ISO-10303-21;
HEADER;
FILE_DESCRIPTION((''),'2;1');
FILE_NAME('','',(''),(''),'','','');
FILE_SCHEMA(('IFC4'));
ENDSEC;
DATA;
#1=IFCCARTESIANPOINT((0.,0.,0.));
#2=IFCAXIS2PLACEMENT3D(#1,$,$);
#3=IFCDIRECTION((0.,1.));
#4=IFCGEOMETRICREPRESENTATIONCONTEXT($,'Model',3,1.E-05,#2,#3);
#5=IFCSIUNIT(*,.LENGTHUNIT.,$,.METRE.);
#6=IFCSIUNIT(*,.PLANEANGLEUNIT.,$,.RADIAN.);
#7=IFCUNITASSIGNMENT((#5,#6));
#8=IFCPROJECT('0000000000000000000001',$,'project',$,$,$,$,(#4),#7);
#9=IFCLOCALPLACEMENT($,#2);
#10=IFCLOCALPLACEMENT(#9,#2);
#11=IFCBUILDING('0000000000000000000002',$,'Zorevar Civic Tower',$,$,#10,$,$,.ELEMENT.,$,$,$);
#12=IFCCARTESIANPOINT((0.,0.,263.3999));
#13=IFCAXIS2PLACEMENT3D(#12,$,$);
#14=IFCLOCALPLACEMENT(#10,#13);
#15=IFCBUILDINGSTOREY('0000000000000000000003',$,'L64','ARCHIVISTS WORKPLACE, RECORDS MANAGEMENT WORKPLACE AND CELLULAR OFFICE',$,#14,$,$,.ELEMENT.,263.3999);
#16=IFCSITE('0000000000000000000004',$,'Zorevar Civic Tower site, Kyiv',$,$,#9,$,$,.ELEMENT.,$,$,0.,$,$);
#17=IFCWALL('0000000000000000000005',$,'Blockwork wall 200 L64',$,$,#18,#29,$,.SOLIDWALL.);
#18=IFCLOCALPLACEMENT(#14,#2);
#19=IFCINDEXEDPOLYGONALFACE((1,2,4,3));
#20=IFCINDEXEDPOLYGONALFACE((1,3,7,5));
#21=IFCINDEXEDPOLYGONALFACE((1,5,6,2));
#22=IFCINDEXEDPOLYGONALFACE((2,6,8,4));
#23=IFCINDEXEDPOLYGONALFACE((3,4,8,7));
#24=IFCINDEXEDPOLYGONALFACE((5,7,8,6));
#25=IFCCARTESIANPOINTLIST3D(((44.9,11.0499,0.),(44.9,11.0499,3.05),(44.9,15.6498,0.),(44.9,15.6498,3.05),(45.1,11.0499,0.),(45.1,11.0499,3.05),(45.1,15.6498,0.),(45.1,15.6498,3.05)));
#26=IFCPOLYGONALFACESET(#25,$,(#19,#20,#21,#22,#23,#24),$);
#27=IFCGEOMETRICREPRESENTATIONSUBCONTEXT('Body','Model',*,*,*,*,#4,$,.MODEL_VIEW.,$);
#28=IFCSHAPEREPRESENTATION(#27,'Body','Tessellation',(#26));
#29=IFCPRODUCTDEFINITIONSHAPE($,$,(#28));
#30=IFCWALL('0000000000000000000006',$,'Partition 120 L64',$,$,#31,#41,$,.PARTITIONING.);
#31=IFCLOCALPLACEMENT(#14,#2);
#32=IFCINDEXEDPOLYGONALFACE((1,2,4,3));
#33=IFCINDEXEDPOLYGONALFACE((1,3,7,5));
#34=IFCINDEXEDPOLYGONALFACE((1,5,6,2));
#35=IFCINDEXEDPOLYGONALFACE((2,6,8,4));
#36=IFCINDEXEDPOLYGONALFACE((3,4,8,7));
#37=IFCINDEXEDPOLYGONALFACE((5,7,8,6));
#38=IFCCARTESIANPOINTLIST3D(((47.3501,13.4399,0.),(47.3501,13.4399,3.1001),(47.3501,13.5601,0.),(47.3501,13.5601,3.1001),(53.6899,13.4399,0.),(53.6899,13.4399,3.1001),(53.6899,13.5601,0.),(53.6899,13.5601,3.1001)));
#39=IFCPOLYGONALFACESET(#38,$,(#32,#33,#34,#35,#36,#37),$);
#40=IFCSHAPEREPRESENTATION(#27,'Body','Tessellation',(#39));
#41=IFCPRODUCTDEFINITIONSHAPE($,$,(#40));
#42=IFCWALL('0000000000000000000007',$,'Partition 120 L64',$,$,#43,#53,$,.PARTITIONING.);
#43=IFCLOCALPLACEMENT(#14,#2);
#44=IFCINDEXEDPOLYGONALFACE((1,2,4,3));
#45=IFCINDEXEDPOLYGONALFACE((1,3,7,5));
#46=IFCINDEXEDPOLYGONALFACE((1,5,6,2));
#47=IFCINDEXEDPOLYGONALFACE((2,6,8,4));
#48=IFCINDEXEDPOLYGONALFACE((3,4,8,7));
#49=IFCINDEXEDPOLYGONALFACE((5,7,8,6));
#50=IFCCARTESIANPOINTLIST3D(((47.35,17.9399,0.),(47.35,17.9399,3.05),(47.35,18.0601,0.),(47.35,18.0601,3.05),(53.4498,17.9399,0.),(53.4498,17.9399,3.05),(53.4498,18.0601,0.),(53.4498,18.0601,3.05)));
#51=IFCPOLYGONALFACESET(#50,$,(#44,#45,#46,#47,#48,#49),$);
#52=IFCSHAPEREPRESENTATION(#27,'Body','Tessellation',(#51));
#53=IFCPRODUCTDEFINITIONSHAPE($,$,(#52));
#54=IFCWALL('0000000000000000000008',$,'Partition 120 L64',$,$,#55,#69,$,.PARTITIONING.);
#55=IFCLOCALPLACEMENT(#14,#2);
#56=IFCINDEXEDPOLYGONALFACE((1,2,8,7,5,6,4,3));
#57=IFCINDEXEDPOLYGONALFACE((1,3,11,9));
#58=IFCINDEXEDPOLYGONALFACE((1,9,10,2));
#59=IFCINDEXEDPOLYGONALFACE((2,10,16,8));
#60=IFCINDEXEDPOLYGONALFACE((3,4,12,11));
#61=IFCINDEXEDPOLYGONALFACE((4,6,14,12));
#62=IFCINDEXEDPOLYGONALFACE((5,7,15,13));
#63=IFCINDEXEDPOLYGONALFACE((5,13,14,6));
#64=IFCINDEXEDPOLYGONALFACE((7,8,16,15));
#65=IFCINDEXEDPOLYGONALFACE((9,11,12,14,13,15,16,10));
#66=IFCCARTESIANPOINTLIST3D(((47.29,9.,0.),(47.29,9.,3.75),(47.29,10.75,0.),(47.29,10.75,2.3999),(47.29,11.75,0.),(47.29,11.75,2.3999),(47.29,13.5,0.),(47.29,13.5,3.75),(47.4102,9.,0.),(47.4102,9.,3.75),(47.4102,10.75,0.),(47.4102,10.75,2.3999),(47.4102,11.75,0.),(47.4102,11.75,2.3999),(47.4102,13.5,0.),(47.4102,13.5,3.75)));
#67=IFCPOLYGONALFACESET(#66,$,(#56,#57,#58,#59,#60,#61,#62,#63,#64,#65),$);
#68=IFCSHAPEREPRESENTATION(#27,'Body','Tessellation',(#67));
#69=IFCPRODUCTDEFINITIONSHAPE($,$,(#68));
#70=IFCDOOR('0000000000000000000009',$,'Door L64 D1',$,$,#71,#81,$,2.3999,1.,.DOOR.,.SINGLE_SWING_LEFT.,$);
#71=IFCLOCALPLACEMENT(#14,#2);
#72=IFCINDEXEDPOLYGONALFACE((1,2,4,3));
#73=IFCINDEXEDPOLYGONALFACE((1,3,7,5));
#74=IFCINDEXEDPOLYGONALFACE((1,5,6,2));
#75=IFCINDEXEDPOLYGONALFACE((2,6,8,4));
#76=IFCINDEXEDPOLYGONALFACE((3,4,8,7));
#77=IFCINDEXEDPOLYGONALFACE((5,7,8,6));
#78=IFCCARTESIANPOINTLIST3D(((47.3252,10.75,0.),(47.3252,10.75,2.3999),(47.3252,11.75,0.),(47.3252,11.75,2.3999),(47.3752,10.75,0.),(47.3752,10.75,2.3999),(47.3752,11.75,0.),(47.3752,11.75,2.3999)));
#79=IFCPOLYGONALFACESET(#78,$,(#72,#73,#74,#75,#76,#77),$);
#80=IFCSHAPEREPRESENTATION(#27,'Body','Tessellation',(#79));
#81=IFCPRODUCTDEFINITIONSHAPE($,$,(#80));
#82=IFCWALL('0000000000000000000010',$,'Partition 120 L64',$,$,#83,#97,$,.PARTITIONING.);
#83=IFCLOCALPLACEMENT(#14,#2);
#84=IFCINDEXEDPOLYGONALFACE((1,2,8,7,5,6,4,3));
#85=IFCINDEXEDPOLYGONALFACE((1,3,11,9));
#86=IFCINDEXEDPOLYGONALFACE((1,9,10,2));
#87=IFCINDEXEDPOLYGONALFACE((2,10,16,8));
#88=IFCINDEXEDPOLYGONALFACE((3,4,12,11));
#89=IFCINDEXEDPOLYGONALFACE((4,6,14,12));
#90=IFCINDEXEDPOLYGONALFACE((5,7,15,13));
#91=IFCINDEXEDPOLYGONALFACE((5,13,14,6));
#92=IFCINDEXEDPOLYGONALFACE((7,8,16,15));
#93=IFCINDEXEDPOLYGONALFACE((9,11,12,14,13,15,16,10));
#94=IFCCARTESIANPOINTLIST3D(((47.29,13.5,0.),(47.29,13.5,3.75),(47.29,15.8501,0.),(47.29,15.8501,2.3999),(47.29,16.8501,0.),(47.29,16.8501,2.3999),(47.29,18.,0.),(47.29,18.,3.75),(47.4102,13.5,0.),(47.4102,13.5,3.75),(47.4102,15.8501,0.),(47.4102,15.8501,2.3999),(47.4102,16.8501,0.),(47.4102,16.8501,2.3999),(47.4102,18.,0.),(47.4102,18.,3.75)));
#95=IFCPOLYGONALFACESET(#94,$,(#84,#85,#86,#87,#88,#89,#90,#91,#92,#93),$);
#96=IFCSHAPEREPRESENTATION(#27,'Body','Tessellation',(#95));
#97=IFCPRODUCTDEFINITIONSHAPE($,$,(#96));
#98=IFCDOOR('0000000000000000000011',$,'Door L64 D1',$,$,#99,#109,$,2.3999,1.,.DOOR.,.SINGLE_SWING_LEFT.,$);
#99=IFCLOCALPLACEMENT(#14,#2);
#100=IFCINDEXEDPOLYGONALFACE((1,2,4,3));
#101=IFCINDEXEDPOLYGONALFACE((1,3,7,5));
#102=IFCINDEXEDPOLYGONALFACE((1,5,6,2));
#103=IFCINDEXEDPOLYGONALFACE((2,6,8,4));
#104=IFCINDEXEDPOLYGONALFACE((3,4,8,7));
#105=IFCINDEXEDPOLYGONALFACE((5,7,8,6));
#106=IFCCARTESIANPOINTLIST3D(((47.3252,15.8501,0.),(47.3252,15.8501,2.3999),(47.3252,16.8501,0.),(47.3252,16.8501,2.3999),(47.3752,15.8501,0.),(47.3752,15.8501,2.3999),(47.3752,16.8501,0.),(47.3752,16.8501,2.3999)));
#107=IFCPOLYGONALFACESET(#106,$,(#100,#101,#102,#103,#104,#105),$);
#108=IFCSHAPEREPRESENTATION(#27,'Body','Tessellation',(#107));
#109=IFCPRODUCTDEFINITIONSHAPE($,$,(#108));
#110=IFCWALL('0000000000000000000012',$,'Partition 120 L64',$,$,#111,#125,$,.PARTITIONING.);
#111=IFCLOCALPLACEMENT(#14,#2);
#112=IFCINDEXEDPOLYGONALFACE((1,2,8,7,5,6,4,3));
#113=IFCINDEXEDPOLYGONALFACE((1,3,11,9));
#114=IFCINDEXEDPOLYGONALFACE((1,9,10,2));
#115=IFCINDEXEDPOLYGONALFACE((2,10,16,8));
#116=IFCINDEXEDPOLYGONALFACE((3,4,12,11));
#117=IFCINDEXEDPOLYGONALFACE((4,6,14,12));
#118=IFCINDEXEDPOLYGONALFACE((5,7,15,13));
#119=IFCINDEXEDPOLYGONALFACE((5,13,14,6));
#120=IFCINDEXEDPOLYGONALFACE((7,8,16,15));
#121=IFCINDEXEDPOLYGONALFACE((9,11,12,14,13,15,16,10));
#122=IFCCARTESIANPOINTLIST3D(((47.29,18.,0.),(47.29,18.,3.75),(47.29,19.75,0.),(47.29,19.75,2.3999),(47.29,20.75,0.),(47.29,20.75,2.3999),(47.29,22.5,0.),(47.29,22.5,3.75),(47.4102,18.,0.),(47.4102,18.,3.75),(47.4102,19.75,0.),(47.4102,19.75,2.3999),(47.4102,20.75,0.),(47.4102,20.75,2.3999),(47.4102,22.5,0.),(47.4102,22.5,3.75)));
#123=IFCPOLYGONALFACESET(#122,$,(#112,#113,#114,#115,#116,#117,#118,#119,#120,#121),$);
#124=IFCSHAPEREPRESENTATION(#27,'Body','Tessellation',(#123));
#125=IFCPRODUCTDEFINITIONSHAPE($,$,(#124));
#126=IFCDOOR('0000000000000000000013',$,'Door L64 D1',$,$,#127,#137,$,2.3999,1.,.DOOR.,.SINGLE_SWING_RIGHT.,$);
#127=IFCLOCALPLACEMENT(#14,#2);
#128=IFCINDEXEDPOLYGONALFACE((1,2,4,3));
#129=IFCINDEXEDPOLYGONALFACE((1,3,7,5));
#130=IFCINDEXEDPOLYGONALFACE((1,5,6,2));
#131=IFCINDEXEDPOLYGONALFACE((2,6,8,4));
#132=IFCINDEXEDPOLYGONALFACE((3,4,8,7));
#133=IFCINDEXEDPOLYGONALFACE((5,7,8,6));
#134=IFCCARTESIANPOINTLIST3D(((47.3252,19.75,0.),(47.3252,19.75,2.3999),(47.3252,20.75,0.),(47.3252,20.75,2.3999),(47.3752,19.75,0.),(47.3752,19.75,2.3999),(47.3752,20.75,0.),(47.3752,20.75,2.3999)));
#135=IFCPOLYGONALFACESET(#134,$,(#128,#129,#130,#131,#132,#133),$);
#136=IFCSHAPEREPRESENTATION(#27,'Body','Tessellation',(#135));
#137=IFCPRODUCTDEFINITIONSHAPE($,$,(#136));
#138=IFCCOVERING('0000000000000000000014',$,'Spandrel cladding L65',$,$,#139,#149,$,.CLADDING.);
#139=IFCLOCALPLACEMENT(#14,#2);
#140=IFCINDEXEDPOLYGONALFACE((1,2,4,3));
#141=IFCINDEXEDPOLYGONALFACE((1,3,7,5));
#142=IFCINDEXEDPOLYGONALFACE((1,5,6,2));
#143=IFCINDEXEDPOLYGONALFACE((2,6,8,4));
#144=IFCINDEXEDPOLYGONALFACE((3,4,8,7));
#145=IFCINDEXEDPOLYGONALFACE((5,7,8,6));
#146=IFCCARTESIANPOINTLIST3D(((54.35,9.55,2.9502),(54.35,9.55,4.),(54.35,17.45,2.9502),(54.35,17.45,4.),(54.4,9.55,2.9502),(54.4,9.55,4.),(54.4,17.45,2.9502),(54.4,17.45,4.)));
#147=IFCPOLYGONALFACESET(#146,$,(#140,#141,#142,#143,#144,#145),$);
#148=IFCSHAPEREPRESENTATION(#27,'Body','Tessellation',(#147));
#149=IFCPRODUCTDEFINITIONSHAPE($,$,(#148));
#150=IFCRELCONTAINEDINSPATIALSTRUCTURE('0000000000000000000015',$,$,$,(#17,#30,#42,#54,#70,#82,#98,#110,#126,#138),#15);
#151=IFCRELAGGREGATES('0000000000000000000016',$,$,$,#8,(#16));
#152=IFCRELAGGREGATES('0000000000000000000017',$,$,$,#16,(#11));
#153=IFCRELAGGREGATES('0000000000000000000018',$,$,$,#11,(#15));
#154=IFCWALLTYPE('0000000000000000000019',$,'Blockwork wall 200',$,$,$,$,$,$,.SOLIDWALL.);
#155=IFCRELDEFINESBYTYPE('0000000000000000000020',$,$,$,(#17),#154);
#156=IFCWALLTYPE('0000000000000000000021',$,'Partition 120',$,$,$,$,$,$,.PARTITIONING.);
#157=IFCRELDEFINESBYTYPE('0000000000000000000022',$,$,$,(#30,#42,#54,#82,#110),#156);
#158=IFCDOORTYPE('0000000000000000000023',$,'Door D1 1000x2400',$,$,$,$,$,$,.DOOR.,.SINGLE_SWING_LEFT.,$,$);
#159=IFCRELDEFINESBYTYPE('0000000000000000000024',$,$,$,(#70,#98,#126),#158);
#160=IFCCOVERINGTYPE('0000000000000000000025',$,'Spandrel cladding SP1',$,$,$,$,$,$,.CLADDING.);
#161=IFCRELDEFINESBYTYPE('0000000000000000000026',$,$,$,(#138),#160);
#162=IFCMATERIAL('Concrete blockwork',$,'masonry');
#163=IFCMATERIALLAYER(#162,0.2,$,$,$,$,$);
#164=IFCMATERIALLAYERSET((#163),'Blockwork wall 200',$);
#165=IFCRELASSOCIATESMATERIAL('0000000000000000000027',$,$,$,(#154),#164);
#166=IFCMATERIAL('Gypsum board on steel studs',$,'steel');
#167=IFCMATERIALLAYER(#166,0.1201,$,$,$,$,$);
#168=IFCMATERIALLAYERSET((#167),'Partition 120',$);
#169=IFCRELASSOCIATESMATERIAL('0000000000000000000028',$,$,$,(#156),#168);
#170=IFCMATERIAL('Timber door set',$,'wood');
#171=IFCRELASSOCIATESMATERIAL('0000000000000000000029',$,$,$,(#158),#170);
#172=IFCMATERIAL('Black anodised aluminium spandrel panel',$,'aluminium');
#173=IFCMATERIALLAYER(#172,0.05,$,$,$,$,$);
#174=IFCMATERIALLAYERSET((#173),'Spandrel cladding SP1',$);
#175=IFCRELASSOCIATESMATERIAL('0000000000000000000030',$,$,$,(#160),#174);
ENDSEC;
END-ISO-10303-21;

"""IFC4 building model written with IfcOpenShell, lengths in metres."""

from ifc_helpers import new_model, si_unit, direction, frame, frame_2d, origin, place, context, subcontext, project, spatial, rectangle, extrude, material, layer, layer_set, type_object, element, fill, save


model = new_model("IFC4")

# Units and contexts
model_context = context("Model", 3, precision=1e-05, world=origin(), true_north=direction((0.0, 1.0)))
body_context = subcontext(model_context, "Body", "Model", "MODEL_VIEW")
ifc_project = project(units=[si_unit("LENGTHUNIT", "METRE"), si_unit("PLANEANGLEUNIT", "RADIAN")], contexts=[model_context])

# Site, building, storey
site_placement = place(None, origin())
site = spatial("IfcSite", under=ifc_project, at=site_placement, Name="Zorevar Civic Tower site, Kyiv", CompositionType="ELEMENT", RefElevation=0.0)
building_placement = place(site_placement, origin())
building = spatial("IfcBuilding", under=site, at=building_placement, Name="Zorevar Civic Tower", CompositionType="ELEMENT")
storey_placement = place(building_placement, frame((0.0, 0.0, 263.3999)))
storey = spatial("IfcBuildingStorey", under=building, at=storey_placement, Name="L64", Description="ARCHIVISTS WORKPLACE, RECORDS MANAGEMENT WORKPLACE AND CELLULAR OFFICE", CompositionType="ELEMENT", Elevation=263.3999)

# Wall
ifc_material_1 = material(Name="Concrete blockwork", Category="masonry")
ifc_layer_1 = layer(ifc_material_1, 0.2)
ifc_layer_set_1 = layer_set([ifc_layer_1], Name="Blockwork wall 200")
wall_type_1 = type_object("IfcWallType", Name="Blockwork wall 200", PredefinedType="SOLIDWALL", material=ifc_layer_set_1)
wall_1_placement = place(storey_placement, frame((45.0, 11.05, 0.0), z_axis=(0.0, 0.0, 1.0), x_axis=(0.0, 1.0, 0.0)))
element("IfcWall", 1, at=wall_1_placement, inside=storey, type_object=wall_type_1, Name="Blockwork wall 200 L64", PredefinedType="SOLIDWALL", context=body_context, shape_type="SweptSolid", body=[
    extrude(rectangle(XDim=4.5999, YDim=0.2, at=frame_2d((2.2998, 0.0))), origin(), (0.0, 0.0, 1.0), 3.05),
])

# Walls
ifc_material_2 = material(Name="Gypsum board on steel studs", Category="steel")
ifc_layer_2 = layer(ifc_material_2, 0.1201)
ifc_layer_set_2 = layer_set([ifc_layer_2], Name="Partition 120")
wall_type_2 = type_object("IfcWallType", Name="Partition 120", PredefinedType="PARTITIONING", material=ifc_layer_set_2)
wall_2_placement = place(storey_placement, frame((47.3501, 13.5, 0.0), z_axis=(0.0, 0.0, 1.0), x_axis=(1.0, 0.0, 0.0)))
element("IfcWall", 2, at=wall_2_placement, inside=storey, type_object=wall_type_2, Name="Partition 120 L64", PredefinedType="PARTITIONING", context=body_context, shape_type="SweptSolid", body=[
    extrude(rectangle(XDim=6.3398, YDim=0.1201, at=frame_2d((3.1699, 0.0))), origin(), (0.0, 0.0, 1.0), 3.1001),
])
wall_3_placement = place(storey_placement, frame((47.3501, 18.0, 0.0), z_axis=(0.0, 0.0, 1.0), x_axis=(1.0, 0.0, 0.0)))
element("IfcWall", 3, at=wall_3_placement, inside=storey, type_object=wall_type_2, Name="Partition 120 L64", PredefinedType="PARTITIONING", context=body_context, shape_type="SweptSolid", body=[
    extrude(rectangle(XDim=6.0999, YDim=0.1201, at=frame_2d((3.0498, 0.0))), origin(), (0.0, 0.0, 1.0), 3.05),
])

# Walls, openings, doors
wall_4_placement = place(storey_placement, frame((47.3501, 9.0, 0.0), z_axis=(0.0, 0.0, 1.0), x_axis=(0.0, 1.0, 0.0)))
wall_4 = element("IfcWall", 4, at=wall_4_placement, inside=storey, type_object=wall_type_2, Name="Partition 120 L64", PredefinedType="PARTITIONING", context=body_context, shape_type="SweptSolid", body=[
    extrude(rectangle(XDim=4.5, YDim=0.1201, at=frame_2d((2.25, 0.0))), origin(), (0.0, 0.0, 1.0), 3.75),
])
opening_1_placement = place(wall_4_placement, frame((1.75, 0.0, 0.0)))
opening_1 = element("IfcOpeningElement", 5, at=opening_1_placement, cuts=wall_4, PredefinedType="OPENING", context=body_context, shape_type="SweptSolid", body=[
    extrude(rectangle(XDim=1.0, YDim=2.3999, at=frame_2d((0.5, 1.2))), frame((0.0, 0.0701, 0.0), z_axis=(0.0, -1.0, 0.0), x_axis=(1.0, 0.0, 0.0)), (0.0, 0.0, 1.0), 0.1401),
])
ifc_material_3 = material(Name="Timber door set", Category="wood")
door_type_1 = type_object("IfcDoorType", Name="Door D1 1000x2400", OperationType="SINGLE_SWING_LEFT", PredefinedType="DOOR", material=ifc_material_3)
door_1_placement = place(opening_1_placement, origin())
door_1 = element("IfcDoor", 6, at=door_1_placement, inside=storey, type_object=door_type_1, Name="Door L64 D1", OperationType="SINGLE_SWING_LEFT", OverallHeight=2.3999, OverallWidth=1.0, PredefinedType="DOOR", context=body_context, shape_type="SweptSolid", body=[
    extrude(rectangle(XDim=1.0, YDim=2.3999, at=frame_2d((0.5, 1.2))), frame((0.0, 0.0249, 0.0), z_axis=(0.0, -1.0, 0.0), x_axis=(1.0, 0.0, 0.0)), (0.0, 0.0, 1.0), 0.05),
])
fill(opening_1, door_1)
wall_5_placement = place(storey_placement, frame((47.3501, 13.5, 0.0), z_axis=(0.0, 0.0, 1.0), x_axis=(0.0, 1.0, 0.0)))
wall_5 = element("IfcWall", 7, at=wall_5_placement, inside=storey, type_object=wall_type_2, Name="Partition 120 L64", PredefinedType="PARTITIONING", context=body_context, shape_type="SweptSolid", body=[
    extrude(rectangle(XDim=4.5, YDim=0.1201, at=frame_2d((2.25, 0.0))), origin(), (0.0, 0.0, 1.0), 3.75),
])
opening_2_placement = place(wall_5_placement, frame((2.3501, 0.0, 0.0)))
opening_2 = element("IfcOpeningElement", 8, at=opening_2_placement, cuts=wall_5, PredefinedType="OPENING", context=body_context, shape_type="SweptSolid", body=[
    extrude(rectangle(XDim=1.0, YDim=2.3999, at=frame_2d((0.5, 1.2))), frame((0.0, 0.0701, 0.0), z_axis=(0.0, -1.0, 0.0), x_axis=(1.0, 0.0, 0.0)), (0.0, 0.0, 1.0), 0.1401),
])
door_2_placement = place(opening_2_placement, origin())
door_2 = element("IfcDoor", 9, at=door_2_placement, inside=storey, type_object=door_type_1, Name="Door L64 D1", OperationType="SINGLE_SWING_LEFT", OverallHeight=2.3999, OverallWidth=1.0, PredefinedType="DOOR", context=body_context, shape_type="SweptSolid", body=[
    extrude(rectangle(XDim=1.0, YDim=2.3999, at=frame_2d((0.5, 1.2))), frame((0.0, 0.0249, 0.0), z_axis=(0.0, -1.0, 0.0), x_axis=(1.0, 0.0, 0.0)), (0.0, 0.0, 1.0), 0.05),
])
fill(opening_2, door_2)
wall_6_placement = place(storey_placement, frame((47.3501, 18.0, 0.0), z_axis=(0.0, 0.0, 1.0), x_axis=(0.0, 1.0, 0.0)))
wall_6 = element("IfcWall", 10, at=wall_6_placement, inside=storey, type_object=wall_type_2, Name="Partition 120 L64", PredefinedType="PARTITIONING", context=body_context, shape_type="SweptSolid", body=[
    extrude(rectangle(XDim=4.5, YDim=0.1201, at=frame_2d((2.25, 0.0))), origin(), (0.0, 0.0, 1.0), 3.75),
])
opening_3_placement = place(wall_6_placement, frame((1.75, 0.0, 0.0)))
opening_3 = element("IfcOpeningElement", 11, at=opening_3_placement, cuts=wall_6, PredefinedType="OPENING", context=body_context, shape_type="SweptSolid", body=[
    extrude(rectangle(XDim=1.0, YDim=2.3999, at=frame_2d((0.5, 1.2))), frame((0.0, 0.0701, 0.0), z_axis=(0.0, -1.0, 0.0), x_axis=(1.0, 0.0, 0.0)), (0.0, 0.0, 1.0), 0.1401),
])
door_3_placement = place(opening_3_placement, origin())
door_3 = element("IfcDoor", 12, at=door_3_placement, inside=storey, type_object=door_type_1, Name="Door L64 D1", OperationType="SINGLE_SWING_RIGHT", OverallHeight=2.3999, OverallWidth=1.0, PredefinedType="DOOR", context=body_context, shape_type="SweptSolid", body=[
    extrude(rectangle(XDim=1.0, YDim=2.3999, at=frame_2d((0.5, 1.2))), frame((0.0, 0.0249, 0.0), z_axis=(0.0, -1.0, 0.0), x_axis=(1.0, 0.0, 0.0)), (0.0, 0.0, 1.0), 0.05),
])
fill(opening_3, door_3)

# Covering
ifc_material_4 = material(Name="Black anodised aluminium spandrel panel", Category="aluminium")
ifc_layer_3 = layer(ifc_material_4, 0.05)
ifc_layer_set_3 = layer_set([ifc_layer_3], Name="Spandrel cladding SP1")
covering_type = type_object("IfcCoveringType", Name="Spandrel cladding SP1", PredefinedType="CLADDING", material=ifc_layer_set_3)
covering_placement = place(storey_placement, frame((54.375, 9.55, 2.9502), z_axis=(0.0, 0.0, 1.0), x_axis=(0.0, 1.0, 0.0)))
element("IfcCovering", 13, at=covering_placement, inside=storey, type_object=covering_type, Name="Spandrel cladding L65", PredefinedType="CLADDING", context=body_context, shape_type="SweptSolid", body=[
    extrude(rectangle(XDim=7.8999, YDim=0.05, at=frame_2d((3.95, 0.0))), origin(), (0.0, 0.0, 1.0), 1.0498),
])

save(model, "model.ifc")
